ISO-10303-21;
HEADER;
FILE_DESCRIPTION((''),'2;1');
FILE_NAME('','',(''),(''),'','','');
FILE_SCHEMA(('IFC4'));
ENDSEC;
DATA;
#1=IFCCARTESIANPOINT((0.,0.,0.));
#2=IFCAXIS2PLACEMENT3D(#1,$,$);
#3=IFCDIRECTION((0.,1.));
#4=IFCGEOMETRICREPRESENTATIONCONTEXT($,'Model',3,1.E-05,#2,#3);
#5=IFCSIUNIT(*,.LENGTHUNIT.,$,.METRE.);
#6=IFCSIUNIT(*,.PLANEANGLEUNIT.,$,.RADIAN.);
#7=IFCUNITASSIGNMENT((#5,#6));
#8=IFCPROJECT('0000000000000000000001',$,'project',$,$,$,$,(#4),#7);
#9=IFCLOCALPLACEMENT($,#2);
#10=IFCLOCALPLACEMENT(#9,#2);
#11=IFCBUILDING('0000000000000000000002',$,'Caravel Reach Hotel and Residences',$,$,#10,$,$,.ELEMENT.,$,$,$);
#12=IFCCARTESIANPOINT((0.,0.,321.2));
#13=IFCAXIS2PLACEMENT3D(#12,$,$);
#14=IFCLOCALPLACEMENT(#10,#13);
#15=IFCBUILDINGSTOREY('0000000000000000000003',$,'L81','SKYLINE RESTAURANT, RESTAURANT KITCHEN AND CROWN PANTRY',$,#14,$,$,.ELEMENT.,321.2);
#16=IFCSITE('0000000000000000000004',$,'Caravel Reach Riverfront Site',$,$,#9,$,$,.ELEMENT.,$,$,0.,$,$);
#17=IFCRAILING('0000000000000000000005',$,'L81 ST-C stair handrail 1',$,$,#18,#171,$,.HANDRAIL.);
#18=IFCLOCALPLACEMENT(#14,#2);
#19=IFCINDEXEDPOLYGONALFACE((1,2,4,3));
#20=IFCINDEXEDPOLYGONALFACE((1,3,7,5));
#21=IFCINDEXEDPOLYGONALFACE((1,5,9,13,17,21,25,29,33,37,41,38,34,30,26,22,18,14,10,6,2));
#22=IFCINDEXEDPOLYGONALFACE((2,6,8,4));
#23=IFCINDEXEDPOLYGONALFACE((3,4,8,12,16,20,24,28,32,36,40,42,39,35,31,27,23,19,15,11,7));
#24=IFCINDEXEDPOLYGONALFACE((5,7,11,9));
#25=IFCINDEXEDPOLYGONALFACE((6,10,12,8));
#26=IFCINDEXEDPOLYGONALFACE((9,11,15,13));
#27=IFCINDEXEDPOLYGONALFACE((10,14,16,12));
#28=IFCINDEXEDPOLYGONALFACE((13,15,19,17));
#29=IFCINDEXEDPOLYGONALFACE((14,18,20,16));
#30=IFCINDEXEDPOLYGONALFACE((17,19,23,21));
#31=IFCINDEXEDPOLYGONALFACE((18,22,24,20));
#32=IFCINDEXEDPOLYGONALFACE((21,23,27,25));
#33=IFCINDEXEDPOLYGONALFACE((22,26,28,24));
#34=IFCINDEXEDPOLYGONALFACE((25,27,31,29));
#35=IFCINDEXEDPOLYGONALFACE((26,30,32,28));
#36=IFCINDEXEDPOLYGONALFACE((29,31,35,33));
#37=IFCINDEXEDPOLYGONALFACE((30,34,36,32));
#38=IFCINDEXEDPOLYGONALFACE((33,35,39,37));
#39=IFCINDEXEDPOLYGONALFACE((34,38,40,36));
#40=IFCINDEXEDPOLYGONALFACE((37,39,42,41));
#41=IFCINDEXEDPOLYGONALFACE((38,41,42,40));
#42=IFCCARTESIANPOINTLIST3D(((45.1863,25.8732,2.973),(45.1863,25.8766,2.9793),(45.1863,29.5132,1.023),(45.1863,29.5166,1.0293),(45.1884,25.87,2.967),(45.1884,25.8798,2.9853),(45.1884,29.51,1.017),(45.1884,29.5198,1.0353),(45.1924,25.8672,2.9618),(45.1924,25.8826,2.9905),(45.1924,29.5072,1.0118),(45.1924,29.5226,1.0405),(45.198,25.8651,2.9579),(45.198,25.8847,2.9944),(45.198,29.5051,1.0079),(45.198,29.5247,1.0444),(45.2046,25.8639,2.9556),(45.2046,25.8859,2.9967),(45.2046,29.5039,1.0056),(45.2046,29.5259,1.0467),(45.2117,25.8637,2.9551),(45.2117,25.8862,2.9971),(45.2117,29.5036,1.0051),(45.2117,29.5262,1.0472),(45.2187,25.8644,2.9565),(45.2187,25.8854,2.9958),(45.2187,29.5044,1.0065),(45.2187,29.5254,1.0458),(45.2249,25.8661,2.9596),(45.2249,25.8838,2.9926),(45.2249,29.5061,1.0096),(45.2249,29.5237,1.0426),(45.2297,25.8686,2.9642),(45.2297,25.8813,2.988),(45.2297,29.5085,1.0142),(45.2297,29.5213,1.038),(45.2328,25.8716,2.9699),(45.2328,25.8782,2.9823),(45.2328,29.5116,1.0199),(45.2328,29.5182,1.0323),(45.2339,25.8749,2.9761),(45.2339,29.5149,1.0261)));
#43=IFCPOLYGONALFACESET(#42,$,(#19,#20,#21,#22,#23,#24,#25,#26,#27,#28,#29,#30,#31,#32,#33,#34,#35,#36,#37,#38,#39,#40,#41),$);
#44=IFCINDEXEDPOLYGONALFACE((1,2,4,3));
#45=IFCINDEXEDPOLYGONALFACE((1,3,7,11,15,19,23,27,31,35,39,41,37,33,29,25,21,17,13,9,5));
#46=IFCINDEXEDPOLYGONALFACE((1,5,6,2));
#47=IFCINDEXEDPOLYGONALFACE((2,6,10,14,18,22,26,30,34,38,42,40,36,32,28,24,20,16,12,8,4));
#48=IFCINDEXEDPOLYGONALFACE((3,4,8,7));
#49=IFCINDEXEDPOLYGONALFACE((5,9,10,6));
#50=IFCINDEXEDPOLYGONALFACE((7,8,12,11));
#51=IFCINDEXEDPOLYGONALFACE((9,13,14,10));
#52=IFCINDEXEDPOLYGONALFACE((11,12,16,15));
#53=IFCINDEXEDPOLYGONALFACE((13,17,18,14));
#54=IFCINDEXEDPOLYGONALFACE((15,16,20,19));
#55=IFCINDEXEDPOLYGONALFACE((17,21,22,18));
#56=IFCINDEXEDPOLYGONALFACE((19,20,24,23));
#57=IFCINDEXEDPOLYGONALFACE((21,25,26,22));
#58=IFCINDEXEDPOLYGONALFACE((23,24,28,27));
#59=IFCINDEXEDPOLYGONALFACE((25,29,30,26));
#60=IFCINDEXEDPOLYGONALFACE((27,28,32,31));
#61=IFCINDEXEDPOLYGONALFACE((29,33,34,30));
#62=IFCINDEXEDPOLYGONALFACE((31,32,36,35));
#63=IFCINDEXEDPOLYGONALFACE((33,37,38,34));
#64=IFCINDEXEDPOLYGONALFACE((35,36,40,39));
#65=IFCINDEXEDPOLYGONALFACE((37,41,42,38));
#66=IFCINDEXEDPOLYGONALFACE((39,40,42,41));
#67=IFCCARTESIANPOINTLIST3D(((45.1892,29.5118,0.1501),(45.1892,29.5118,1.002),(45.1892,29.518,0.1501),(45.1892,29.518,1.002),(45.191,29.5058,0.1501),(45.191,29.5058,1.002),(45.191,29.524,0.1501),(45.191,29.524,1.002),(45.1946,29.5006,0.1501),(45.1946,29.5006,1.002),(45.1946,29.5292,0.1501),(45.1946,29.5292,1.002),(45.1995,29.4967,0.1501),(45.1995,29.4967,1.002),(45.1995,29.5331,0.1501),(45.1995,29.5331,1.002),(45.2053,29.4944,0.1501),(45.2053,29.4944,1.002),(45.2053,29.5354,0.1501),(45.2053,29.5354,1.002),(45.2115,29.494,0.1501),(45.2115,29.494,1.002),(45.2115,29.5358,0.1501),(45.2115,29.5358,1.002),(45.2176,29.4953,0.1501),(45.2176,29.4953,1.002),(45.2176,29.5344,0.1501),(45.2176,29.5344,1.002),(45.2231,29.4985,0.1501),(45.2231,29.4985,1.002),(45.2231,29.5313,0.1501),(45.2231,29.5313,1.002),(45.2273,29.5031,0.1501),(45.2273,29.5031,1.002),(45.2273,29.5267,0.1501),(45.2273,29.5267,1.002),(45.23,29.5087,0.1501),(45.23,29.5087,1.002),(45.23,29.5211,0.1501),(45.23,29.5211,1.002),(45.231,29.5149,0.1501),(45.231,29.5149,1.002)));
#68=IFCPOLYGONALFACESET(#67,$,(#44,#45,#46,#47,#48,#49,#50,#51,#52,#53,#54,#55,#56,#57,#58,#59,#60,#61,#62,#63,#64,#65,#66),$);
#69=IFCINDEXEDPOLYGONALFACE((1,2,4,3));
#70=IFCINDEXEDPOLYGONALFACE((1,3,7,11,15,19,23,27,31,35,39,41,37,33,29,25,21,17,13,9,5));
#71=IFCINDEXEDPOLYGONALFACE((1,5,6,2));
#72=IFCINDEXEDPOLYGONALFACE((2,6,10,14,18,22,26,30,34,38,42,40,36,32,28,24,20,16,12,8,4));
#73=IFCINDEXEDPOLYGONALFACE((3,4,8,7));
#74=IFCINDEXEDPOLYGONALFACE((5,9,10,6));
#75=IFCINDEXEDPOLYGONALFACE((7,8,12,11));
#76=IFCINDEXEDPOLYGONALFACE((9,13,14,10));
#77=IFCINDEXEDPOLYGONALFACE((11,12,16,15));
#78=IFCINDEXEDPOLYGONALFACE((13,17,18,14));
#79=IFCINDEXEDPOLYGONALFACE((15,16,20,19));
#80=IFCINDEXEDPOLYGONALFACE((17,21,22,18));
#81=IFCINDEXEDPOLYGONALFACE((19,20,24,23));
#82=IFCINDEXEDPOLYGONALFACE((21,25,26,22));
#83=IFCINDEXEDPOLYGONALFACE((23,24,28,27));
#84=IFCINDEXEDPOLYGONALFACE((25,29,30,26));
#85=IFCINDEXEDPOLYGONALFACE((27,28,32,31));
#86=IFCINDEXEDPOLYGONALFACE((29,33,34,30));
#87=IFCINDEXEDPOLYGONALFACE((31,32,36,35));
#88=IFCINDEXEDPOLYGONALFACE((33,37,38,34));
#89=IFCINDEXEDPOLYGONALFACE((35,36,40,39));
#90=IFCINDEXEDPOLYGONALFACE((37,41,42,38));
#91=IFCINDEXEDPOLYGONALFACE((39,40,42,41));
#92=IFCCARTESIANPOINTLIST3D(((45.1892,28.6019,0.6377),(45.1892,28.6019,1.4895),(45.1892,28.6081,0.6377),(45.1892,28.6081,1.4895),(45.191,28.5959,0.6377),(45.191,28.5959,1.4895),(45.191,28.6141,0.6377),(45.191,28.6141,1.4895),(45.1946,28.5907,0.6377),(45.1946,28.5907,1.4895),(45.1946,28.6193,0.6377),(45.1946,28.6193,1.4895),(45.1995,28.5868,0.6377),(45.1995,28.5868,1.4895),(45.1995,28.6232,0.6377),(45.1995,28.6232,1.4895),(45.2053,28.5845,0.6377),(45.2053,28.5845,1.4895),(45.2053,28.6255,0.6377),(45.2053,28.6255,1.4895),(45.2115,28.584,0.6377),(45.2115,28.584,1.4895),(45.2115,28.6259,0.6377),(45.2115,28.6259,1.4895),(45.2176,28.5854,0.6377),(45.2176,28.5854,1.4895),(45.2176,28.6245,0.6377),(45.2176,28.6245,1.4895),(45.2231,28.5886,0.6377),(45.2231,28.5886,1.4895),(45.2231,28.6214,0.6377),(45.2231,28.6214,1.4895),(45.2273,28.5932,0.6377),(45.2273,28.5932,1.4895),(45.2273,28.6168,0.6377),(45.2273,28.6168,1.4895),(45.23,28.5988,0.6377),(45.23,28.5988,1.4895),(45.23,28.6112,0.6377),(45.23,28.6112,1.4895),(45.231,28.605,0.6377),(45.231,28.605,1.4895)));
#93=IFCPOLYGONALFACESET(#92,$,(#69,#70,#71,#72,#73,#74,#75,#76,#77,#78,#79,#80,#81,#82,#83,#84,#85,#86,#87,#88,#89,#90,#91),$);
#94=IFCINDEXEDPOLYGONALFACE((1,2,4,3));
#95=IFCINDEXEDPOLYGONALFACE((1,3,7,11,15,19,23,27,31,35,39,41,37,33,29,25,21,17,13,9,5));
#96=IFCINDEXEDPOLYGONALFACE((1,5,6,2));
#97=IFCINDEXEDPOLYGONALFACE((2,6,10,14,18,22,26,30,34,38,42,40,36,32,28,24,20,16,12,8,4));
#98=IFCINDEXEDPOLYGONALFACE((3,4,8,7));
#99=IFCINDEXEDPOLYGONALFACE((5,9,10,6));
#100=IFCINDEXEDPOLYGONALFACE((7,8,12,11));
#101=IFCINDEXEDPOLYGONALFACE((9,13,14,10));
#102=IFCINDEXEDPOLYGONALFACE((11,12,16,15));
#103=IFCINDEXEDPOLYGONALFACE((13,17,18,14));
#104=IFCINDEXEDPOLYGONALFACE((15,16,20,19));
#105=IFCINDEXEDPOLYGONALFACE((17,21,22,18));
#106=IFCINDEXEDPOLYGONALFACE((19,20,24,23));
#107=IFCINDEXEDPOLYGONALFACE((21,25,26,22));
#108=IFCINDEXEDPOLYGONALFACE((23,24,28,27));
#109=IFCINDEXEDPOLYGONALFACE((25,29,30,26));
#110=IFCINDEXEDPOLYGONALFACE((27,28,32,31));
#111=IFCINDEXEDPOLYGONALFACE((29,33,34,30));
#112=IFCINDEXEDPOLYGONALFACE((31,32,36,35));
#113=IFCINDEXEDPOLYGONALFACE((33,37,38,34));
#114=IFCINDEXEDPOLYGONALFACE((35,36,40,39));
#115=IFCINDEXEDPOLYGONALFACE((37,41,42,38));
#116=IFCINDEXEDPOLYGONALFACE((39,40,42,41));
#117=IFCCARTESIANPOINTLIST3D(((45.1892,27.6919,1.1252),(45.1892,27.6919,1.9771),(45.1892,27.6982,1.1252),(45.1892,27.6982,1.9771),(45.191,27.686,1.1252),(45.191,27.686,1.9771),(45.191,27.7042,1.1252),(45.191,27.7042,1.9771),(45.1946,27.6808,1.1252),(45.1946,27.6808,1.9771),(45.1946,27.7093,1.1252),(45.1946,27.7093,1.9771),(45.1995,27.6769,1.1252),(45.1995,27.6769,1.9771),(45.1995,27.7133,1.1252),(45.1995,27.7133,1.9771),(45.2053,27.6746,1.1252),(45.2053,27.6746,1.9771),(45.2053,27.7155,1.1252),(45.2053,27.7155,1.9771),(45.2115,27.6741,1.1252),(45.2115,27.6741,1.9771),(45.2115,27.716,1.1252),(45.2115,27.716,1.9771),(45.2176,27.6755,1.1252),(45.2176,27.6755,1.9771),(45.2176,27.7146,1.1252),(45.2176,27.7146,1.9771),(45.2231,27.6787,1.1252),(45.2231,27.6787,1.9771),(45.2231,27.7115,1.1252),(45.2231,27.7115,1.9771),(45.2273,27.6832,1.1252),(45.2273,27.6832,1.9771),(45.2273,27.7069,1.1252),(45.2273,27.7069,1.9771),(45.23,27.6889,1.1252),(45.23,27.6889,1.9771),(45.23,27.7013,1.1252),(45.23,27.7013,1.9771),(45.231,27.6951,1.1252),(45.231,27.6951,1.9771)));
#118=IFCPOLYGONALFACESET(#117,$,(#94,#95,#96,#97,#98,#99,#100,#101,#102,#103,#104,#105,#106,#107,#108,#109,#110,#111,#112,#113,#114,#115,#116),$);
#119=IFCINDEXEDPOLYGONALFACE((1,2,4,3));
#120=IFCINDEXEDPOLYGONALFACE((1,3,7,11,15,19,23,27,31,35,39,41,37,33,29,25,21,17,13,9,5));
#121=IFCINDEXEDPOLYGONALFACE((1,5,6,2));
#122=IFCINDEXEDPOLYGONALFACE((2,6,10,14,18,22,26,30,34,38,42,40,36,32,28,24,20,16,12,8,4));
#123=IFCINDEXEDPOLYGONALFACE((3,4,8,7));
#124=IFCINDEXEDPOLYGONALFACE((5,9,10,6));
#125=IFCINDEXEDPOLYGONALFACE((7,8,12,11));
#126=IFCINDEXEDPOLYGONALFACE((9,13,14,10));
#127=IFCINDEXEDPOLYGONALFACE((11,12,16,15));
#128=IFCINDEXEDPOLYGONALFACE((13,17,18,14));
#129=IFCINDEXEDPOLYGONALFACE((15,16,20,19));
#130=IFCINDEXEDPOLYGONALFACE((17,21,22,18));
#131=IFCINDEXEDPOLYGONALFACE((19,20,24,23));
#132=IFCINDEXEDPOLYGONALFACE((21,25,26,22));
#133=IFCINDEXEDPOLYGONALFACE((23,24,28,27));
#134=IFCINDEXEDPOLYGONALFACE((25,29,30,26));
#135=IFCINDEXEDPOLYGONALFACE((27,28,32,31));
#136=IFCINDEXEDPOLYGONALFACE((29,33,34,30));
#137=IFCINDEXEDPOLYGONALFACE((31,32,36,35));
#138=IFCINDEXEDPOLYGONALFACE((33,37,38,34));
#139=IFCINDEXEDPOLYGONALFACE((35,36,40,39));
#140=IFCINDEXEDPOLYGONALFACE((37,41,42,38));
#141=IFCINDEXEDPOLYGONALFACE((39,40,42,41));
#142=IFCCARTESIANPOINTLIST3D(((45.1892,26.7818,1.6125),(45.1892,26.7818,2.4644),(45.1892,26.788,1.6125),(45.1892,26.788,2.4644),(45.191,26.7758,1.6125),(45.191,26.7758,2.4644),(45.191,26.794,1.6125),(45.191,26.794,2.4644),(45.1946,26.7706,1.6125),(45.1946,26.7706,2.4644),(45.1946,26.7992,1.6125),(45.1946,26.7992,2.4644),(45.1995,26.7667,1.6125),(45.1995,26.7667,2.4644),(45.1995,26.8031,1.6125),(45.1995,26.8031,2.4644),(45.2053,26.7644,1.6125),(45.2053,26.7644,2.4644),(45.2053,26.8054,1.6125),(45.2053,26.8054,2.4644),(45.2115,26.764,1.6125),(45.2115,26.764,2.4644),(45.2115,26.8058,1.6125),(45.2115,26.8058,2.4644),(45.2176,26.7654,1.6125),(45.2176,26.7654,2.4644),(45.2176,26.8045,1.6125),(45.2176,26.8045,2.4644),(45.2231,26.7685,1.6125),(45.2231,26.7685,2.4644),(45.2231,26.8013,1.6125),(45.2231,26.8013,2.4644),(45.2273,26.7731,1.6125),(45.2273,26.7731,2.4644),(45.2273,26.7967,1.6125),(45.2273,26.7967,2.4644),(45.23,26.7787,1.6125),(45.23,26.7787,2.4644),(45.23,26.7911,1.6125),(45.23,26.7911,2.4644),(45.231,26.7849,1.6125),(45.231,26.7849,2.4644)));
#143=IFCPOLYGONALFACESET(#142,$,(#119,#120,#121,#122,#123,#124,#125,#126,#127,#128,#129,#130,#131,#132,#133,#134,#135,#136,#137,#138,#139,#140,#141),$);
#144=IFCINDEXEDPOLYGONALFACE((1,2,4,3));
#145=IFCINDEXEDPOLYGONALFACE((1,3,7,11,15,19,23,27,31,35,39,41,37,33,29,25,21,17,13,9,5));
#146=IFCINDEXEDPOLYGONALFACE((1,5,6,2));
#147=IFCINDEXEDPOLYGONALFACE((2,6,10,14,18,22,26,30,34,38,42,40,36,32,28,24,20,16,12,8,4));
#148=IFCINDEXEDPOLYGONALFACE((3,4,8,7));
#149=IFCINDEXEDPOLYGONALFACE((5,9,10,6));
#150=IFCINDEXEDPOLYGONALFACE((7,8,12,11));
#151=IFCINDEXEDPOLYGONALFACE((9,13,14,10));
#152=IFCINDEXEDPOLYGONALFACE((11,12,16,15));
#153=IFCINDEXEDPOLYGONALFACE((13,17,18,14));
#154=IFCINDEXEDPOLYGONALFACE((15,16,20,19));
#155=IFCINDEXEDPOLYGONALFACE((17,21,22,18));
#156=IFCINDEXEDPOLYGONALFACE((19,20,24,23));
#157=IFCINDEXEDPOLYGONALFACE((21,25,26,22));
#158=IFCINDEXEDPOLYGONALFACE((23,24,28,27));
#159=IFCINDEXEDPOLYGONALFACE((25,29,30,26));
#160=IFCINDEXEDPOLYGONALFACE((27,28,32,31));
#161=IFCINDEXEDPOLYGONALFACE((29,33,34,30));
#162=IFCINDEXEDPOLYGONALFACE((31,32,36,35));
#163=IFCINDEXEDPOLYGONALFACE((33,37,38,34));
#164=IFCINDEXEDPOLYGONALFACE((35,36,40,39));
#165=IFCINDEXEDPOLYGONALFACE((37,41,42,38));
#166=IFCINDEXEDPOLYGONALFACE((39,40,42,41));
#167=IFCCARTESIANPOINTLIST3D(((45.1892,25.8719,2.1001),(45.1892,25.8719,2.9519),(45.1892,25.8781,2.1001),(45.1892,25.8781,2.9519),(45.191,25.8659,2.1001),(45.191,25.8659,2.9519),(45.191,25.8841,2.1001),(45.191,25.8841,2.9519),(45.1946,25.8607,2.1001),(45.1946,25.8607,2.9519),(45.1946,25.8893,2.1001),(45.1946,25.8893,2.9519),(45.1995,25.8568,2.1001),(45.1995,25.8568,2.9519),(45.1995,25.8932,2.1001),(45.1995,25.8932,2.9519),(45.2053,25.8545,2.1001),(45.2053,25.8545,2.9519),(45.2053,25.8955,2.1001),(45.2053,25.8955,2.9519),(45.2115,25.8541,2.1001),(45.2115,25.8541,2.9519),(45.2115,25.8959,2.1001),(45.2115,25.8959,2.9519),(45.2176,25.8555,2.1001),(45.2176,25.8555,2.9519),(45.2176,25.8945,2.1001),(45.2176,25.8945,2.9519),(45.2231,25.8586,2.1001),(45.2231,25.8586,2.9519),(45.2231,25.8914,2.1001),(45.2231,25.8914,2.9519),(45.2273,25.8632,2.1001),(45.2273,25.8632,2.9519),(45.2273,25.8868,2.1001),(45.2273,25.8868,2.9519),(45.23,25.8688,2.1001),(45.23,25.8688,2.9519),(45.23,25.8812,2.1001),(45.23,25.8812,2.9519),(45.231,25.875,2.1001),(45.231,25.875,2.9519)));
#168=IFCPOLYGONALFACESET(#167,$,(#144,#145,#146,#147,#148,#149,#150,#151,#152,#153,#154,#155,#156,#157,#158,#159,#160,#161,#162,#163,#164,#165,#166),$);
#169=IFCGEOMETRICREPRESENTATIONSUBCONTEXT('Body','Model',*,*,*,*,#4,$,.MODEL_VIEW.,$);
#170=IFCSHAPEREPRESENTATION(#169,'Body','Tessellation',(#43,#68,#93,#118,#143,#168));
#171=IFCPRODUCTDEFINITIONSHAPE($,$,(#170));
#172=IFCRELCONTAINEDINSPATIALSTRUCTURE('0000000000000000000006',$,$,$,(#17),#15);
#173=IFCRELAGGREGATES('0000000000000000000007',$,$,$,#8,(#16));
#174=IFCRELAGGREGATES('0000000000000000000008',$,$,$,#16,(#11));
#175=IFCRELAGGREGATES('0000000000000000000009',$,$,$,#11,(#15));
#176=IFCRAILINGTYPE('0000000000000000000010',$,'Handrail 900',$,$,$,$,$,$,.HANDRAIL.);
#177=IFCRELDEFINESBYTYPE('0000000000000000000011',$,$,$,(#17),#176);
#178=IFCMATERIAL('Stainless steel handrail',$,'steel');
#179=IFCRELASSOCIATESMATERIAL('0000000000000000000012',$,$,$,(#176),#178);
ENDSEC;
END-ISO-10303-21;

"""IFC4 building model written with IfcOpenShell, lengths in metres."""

from ifc_helpers import new_model, si_unit, direction, frame, origin, origin_2d, place, context, subcontext, project, spatial, circle, extrude, material, type_object, element, save


model = new_model("IFC4")

# Units and contexts
model_context = context("Model", 3, precision=1e-05, world=origin(), true_north=direction((0.0, 1.0)))
body_context = subcontext(model_context, "Body", "Model", "MODEL_VIEW")
ifc_project = project(units=[si_unit("LENGTHUNIT", "METRE"), si_unit("PLANEANGLEUNIT", "RADIAN")], contexts=[model_context])

# Site, building, storey
site_placement = place(None, origin())
site = spatial("IfcSite", under=ifc_project, at=site_placement, Name="Caravel Reach Riverfront Site", CompositionType="ELEMENT", RefElevation=0.0)
building_placement = place(site_placement, origin())
building = spatial("IfcBuilding", under=site, at=building_placement, Name="Caravel Reach Hotel and Residences", CompositionType="ELEMENT")
storey_placement = place(building_placement, frame((0.0, 0.0, 321.2)))
storey = spatial("IfcBuildingStorey", under=building, at=storey_placement, Name="L81", Description="SKYLINE RESTAURANT, RESTAURANT KITCHEN AND CROWN PANTRY", CompositionType="ELEMENT", Elevation=321.2)

# Railing
ifc_material_1 = material(Name="Stainless steel handrail", Category="steel")
railing_type_1 = type_object("IfcRailingType", Name="Handrail 900", PredefinedType="HANDRAIL", material=ifc_material_1)
railing_1_placement = place(storey_placement, frame((45.21, 29.5149, 0.1501)))
element("IfcRailing", 1, at=railing_1_placement, inside=storey, type_object=railing_type_1, Name="L81 ST-C stair handrail 1", PredefinedType="HANDRAIL", context=body_context, shape_type="SweptSolid", body=[
    extrude(circle(Radius=0.0239, at=origin_2d()), frame((0.0, 0.0, 0.876), z_axis=(0.0, -0.881479, 0.472223), x_axis=(1.0, 0.0, 0.0)), (0.0, 0.0, 1.0), 4.1294),
    extrude(circle(Radius=0.021, at=origin_2d()), origin(), (0.0, 0.0, 1.0), 0.8518),
    extrude(circle(Radius=0.021, at=origin_2d()), frame((0.0, -0.9099, 0.4875)), (0.0, 0.0, 1.0), 0.8518),
    extrude(circle(Radius=0.021, at=origin_2d()), frame((0.0, -1.8198, 0.9751)), (0.0, 0.0, 1.0), 0.8518),
    extrude(circle(Radius=0.021, at=origin_2d()), frame((0.0, -2.73, 1.4624)), (0.0, 0.0, 1.0), 0.8518),
    extrude(circle(Radius=0.021, at=origin_2d()), frame((0.0, -3.6399, 1.95)), (0.0, 0.0, 1.0), 0.8518),
])

save(model, "model.ifc")
